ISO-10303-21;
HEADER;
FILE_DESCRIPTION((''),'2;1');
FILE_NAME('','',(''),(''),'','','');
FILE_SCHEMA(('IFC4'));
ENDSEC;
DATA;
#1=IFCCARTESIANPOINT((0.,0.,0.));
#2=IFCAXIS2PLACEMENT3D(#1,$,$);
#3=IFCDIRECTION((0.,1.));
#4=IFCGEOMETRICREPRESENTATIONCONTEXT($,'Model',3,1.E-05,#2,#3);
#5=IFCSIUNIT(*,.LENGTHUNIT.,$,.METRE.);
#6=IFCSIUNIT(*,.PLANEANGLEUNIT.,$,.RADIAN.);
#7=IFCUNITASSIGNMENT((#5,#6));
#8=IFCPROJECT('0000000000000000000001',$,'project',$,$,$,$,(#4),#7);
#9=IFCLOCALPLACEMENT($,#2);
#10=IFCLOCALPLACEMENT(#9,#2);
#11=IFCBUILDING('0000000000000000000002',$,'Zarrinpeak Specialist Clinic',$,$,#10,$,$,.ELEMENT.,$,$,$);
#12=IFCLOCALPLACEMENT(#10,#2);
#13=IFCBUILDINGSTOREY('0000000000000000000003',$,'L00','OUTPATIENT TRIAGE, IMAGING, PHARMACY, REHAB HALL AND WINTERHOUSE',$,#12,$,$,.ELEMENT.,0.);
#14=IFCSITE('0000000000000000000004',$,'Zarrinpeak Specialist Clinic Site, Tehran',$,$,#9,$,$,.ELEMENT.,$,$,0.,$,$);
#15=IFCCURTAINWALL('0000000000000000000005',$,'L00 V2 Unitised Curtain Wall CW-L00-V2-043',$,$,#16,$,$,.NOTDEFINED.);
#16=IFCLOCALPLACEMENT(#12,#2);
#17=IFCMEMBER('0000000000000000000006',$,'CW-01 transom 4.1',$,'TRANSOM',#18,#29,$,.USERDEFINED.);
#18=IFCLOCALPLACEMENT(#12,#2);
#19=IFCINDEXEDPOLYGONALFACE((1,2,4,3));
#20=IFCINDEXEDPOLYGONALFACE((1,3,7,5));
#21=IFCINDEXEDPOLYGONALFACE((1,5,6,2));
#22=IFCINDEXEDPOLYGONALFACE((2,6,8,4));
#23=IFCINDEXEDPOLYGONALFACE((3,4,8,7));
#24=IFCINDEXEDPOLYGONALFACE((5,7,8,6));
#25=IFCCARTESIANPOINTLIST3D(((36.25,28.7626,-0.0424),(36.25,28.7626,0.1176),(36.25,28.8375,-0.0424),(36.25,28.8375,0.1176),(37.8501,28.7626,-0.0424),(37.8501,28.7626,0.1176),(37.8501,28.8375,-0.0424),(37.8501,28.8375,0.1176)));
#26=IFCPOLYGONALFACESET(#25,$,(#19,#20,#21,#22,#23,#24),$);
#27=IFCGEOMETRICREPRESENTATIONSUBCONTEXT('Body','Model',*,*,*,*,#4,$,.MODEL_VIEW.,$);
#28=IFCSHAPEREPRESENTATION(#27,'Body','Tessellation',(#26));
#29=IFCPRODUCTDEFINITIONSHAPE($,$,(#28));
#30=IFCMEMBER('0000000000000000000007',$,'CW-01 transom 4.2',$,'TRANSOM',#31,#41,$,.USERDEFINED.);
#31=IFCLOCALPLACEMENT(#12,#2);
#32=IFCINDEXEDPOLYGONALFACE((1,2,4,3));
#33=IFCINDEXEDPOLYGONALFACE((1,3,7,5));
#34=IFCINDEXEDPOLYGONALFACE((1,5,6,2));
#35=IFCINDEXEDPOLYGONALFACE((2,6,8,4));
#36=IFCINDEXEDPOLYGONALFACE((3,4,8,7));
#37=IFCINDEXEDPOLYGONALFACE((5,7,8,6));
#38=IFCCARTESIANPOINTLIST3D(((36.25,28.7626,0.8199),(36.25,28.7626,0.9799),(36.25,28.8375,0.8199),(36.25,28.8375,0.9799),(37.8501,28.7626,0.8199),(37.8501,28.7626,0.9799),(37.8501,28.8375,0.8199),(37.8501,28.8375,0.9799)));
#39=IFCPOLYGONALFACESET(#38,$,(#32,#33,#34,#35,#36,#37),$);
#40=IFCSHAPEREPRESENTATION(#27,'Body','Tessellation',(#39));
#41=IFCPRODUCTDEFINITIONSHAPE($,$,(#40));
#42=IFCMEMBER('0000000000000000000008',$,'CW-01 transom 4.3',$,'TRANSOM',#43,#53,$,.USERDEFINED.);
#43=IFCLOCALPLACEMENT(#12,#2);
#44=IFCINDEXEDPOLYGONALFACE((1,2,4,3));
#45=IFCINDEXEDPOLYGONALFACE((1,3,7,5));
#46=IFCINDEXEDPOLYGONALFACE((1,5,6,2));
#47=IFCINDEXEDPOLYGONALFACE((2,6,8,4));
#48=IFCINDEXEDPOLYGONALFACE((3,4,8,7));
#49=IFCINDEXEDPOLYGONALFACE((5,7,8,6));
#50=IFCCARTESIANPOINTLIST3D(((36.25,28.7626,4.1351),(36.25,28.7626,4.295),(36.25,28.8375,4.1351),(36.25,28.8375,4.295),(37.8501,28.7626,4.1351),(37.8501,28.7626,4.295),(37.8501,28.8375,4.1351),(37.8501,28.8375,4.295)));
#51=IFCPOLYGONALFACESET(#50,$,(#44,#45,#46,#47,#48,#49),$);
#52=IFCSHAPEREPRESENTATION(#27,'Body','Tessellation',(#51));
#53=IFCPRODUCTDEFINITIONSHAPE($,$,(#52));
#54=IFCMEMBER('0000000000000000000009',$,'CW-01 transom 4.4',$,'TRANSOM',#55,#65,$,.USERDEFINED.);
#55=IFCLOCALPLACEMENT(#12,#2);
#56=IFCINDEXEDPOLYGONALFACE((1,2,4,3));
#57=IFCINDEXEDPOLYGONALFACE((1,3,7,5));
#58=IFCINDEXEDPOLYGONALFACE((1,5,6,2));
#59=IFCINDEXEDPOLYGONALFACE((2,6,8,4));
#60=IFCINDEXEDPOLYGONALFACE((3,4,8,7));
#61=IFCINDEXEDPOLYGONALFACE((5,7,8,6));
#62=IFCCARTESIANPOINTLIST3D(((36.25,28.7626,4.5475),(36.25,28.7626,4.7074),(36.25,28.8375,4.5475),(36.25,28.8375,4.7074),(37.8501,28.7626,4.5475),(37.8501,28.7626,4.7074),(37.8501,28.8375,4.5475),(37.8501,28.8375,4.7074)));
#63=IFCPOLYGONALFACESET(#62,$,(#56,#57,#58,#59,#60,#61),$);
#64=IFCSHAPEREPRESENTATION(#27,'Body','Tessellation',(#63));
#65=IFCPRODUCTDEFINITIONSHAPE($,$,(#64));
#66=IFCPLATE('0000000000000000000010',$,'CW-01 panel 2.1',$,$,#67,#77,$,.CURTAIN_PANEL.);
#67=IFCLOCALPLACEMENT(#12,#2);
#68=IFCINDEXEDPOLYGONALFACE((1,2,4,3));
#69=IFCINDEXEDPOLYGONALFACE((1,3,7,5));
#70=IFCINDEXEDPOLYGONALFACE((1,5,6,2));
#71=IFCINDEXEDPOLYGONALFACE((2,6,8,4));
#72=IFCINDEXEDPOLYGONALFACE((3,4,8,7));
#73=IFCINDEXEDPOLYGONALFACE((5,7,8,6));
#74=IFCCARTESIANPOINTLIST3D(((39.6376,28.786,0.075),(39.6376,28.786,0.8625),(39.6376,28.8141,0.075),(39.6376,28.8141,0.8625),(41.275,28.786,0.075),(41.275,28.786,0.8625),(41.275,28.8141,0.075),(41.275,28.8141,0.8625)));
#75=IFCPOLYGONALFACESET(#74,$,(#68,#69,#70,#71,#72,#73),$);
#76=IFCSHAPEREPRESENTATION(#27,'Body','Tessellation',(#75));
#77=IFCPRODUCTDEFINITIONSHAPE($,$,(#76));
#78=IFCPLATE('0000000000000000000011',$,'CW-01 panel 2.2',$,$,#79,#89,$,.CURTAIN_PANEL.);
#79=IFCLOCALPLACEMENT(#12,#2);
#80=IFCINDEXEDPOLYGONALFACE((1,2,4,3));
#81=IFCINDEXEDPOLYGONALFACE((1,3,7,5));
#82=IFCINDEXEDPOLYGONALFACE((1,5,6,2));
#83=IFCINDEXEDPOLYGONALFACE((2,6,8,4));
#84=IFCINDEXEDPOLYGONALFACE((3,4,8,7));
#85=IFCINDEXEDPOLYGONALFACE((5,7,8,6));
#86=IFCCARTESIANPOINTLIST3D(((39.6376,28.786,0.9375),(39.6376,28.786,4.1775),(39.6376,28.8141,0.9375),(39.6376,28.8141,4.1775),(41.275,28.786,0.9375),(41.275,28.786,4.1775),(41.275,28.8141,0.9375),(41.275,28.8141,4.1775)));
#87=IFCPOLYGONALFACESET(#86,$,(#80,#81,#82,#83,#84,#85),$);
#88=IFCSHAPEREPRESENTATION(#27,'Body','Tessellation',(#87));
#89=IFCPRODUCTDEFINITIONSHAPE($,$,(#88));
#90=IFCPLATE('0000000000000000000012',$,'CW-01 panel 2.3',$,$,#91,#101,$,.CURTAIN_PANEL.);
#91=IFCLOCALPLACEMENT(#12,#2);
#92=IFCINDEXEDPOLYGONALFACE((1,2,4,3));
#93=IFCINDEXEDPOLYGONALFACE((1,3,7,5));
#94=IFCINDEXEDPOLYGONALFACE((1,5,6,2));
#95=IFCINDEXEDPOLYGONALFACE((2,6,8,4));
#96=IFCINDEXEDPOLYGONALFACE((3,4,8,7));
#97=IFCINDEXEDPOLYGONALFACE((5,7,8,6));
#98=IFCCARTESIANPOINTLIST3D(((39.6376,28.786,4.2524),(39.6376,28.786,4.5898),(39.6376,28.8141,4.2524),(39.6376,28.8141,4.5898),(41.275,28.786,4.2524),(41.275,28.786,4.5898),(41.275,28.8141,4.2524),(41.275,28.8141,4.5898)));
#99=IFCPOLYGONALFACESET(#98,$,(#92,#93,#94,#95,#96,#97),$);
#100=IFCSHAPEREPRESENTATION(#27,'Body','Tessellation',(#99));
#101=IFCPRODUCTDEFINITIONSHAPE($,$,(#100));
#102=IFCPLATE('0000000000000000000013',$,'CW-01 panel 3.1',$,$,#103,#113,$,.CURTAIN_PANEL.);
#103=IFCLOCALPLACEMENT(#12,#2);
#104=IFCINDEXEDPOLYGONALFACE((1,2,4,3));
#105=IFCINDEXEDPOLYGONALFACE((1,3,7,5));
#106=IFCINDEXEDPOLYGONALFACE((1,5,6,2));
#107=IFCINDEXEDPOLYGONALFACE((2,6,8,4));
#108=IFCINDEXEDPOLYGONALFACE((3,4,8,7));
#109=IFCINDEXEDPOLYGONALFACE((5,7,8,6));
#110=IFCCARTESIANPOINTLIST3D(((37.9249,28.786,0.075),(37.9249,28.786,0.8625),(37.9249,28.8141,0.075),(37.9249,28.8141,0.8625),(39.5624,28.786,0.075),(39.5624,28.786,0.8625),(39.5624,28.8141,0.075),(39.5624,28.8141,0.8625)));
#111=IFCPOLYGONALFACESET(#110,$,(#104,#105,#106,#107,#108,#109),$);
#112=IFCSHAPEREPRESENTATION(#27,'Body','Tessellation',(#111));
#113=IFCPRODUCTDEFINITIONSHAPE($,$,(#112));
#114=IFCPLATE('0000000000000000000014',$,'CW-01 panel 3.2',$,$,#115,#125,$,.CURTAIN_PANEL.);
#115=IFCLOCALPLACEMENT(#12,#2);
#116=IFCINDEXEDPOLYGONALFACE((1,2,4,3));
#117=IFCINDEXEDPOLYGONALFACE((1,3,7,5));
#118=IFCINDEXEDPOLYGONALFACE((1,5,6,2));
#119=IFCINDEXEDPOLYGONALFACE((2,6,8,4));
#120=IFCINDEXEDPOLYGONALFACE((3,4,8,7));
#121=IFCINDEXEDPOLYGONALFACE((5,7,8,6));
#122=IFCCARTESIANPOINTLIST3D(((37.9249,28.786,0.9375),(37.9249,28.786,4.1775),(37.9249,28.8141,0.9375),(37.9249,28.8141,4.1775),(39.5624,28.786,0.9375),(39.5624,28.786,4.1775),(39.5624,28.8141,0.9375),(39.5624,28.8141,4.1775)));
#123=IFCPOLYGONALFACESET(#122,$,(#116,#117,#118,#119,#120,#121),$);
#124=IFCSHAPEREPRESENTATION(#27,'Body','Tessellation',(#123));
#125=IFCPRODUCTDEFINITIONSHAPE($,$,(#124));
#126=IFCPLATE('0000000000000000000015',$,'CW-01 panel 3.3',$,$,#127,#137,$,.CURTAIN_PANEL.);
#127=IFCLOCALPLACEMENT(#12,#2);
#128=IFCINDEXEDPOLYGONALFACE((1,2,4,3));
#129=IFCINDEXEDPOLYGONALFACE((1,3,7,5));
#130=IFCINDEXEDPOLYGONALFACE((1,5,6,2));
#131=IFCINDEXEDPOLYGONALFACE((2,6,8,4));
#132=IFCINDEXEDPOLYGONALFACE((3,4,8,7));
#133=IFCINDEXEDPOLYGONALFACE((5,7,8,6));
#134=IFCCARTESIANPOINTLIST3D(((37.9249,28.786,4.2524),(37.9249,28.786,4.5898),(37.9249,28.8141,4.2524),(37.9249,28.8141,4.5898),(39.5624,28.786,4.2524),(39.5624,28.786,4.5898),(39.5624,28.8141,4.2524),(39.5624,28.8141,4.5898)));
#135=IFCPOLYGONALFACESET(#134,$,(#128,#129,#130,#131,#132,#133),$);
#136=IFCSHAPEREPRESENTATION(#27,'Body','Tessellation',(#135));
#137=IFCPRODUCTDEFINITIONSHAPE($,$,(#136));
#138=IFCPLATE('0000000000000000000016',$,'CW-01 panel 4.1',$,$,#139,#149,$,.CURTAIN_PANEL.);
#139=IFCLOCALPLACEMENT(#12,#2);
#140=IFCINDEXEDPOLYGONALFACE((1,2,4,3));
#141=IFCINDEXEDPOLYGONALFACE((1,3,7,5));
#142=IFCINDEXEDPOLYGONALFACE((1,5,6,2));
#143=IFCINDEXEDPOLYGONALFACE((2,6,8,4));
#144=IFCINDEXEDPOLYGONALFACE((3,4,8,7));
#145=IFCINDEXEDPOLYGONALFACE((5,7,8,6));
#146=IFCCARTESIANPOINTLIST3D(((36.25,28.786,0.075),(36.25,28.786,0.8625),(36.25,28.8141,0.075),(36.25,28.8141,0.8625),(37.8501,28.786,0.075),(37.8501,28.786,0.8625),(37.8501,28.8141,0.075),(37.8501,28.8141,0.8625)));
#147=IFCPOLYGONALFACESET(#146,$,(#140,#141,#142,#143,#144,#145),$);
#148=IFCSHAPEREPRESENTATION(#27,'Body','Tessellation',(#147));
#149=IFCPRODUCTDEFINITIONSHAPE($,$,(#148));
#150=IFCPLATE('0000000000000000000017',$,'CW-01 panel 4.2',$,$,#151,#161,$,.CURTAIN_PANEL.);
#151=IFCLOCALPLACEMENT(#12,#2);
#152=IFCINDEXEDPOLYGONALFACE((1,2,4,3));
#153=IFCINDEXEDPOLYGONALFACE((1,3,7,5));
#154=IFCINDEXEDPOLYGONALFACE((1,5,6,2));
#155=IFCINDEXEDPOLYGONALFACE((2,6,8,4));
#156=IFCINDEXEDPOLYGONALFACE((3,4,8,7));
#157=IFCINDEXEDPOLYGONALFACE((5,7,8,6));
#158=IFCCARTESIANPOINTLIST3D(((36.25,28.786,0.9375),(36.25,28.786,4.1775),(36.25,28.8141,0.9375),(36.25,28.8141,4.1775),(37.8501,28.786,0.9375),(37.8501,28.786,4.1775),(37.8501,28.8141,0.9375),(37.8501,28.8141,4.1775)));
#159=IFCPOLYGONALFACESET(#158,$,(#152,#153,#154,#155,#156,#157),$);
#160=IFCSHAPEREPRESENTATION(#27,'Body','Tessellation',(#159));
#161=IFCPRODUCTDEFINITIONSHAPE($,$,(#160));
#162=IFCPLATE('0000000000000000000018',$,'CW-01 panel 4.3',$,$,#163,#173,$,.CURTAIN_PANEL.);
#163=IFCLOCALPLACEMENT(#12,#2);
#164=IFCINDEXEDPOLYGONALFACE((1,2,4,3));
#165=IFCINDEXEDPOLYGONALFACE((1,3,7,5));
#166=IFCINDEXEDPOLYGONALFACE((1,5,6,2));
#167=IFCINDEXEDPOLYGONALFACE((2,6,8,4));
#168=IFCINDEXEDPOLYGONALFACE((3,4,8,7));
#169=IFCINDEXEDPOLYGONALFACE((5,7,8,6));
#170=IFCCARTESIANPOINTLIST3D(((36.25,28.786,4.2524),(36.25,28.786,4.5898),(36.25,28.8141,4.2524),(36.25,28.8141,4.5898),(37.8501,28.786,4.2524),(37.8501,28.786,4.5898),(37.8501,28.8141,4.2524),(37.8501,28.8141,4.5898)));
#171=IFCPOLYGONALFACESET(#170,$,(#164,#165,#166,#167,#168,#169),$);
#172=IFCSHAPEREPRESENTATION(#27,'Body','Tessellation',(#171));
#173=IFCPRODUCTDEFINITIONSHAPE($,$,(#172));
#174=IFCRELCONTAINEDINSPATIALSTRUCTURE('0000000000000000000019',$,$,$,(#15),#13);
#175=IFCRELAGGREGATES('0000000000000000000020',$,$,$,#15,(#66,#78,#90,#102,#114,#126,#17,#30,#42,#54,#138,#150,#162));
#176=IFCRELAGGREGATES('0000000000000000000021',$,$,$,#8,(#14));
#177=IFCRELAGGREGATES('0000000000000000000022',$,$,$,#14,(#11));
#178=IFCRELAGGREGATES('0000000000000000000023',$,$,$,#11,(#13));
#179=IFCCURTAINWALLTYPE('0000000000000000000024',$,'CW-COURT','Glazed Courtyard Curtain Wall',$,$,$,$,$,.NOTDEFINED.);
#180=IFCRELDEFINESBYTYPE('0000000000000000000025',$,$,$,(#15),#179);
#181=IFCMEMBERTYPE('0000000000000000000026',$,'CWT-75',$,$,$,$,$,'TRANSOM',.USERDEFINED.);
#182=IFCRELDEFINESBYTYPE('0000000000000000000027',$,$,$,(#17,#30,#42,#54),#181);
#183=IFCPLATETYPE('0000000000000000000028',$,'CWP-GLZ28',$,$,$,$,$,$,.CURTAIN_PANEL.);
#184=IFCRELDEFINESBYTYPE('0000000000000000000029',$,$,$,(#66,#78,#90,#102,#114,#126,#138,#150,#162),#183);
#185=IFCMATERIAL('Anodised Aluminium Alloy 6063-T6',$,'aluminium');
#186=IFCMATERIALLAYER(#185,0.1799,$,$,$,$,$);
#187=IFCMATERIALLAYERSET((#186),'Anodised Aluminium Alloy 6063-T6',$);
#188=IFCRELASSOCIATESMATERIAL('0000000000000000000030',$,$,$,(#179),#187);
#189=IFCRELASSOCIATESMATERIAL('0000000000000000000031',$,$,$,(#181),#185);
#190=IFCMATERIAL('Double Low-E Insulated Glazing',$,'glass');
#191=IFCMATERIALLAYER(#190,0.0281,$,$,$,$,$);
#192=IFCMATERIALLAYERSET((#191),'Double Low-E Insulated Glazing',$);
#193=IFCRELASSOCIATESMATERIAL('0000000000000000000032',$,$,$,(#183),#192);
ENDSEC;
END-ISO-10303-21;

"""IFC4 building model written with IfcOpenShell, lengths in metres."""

from ifc_helpers import new_model, si_unit, direction, frame, origin, origin_2d, place, context, subcontext, project, spatial, rectangle, extrude, material, layer, layer_set, material_profile, profile_set, type_object, element, aggregate, save


model = new_model("IFC4")

# Units and contexts
model_context = context("Model", 3, precision=1e-05, world=origin(), true_north=direction((0.0, 1.0)))
body_context = subcontext(model_context, "Body", "Model", "MODEL_VIEW")
ifc_project = project(units=[si_unit("LENGTHUNIT", "METRE"), si_unit("PLANEANGLEUNIT", "RADIAN")], contexts=[model_context])

# Site, building, storey
site_placement = place(None, origin())
site = spatial("IfcSite", under=ifc_project, at=site_placement, Name="Zarrinpeak Specialist Clinic Site, Tehran", CompositionType="ELEMENT", RefElevation=0.0)
building_placement = place(site_placement, origin())
building = spatial("IfcBuilding", under=site, at=building_placement, Name="Zarrinpeak Specialist Clinic", CompositionType="ELEMENT")
storey_placement = place(building_placement, origin())
storey = spatial("IfcBuildingStorey", under=building, at=storey_placement, Name="L00", Description="OUTPATIENT TRIAGE, IMAGING, PHARMACY, REHAB HALL AND WINTERHOUSE", CompositionType="ELEMENT", Elevation=0.0)

# Curtain wall, members, plates
ifc_material_1 = material(Name="Anodised Aluminium Alloy 6063-T6", Category="aluminium")
ifc_layer_1 = layer(ifc_material_1, 0.1799)
ifc_layer_set_1 = layer_set([ifc_layer_1], Name="Anodised Aluminium Alloy 6063-T6")
curtain_wall_type = type_object("IfcCurtainWallType", Name="CW-COURT", Description="Glazed Courtyard Curtain Wall", PredefinedType="NOTDEFINED", material=ifc_layer_set_1)
curtain_wall_placement = place(storey_placement, origin())
curtain_wall = element("IfcCurtainWall", 1, at=curtain_wall_placement, inside=storey, type_object=curtain_wall_type, Name="L00 V2 Unitised Curtain Wall CW-L00-V2-043", PredefinedType="NOTDEFINED")
ifc_material_profile_1 = material_profile(ifc_material_1, rectangle(XDim=0.075, YDim=0.1599, at=origin_2d()), Name="ALU 75x160")
ifc_profile_set_1 = profile_set([ifc_material_profile_1], Name="Anodised Aluminium Alloy 6063-T6")
member_type_1 = type_object("IfcMemberType", Name="CWT-75", ElementType="TRANSOM", PredefinedType="USERDEFINED", material=ifc_profile_set_1)
member_1_placement = place(storey_placement, frame((37.8501, 28.8, 0.0376), z_axis=(-1.0, 0.0, 0.0), x_axis=(0.0, -1.0, 0.0)))
member_1 = element("IfcMember", 2, at=member_1_placement, type_object=member_type_1, Name="CW-01 transom 4.1", ObjectType="TRANSOM", PredefinedType="USERDEFINED", context=body_context, shape_type="SweptSolid", body=[
    extrude(rectangle(XDim=0.075, YDim=0.1599, at=origin_2d()), origin(), (0.0, 0.0, 1.0), 1.6001),
])
member_2_placement = place(storey_placement, frame((37.8501, 28.8, 0.8999), z_axis=(-1.0, 0.0, 0.0), x_axis=(0.0, -1.0, 0.0)))
member_2 = element("IfcMember", 3, at=member_2_placement, type_object=member_type_1, Name="CW-01 transom 4.2", ObjectType="TRANSOM", PredefinedType="USERDEFINED", context=body_context, shape_type="SweptSolid", body=[
    extrude(rectangle(XDim=0.075, YDim=0.1599, at=origin_2d()), origin(), (0.0, 0.0, 1.0), 1.6001),
])
member_3_placement = place(storey_placement, frame((37.8501, 28.8, 4.2151), z_axis=(-1.0, 0.0, 0.0), x_axis=(0.0, -1.0, 0.0)))
member_3 = element("IfcMember", 4, at=member_3_placement, type_object=member_type_1, Name="CW-01 transom 4.3", ObjectType="TRANSOM", PredefinedType="USERDEFINED", context=body_context, shape_type="SweptSolid", body=[
    extrude(rectangle(XDim=0.075, YDim=0.1599, at=origin_2d()), origin(), (0.0, 0.0, 1.0), 1.6001),
])
member_4_placement = place(storey_placement, frame((37.8501, 28.8, 4.6274), z_axis=(-1.0, 0.0, 0.0), x_axis=(0.0, -1.0, 0.0)))
member_4 = element("IfcMember", 5, at=member_4_placement, type_object=member_type_1, Name="CW-01 transom 4.4", ObjectType="TRANSOM", PredefinedType="USERDEFINED", context=body_context, shape_type="SweptSolid", body=[
    extrude(rectangle(XDim=0.075, YDim=0.1599, at=origin_2d()), origin(), (0.0, 0.0, 1.0), 1.6001),
])
ifc_material_2 = material(Name="Double Low-E Insulated Glazing", Category="glass")
ifc_layer_2 = layer(ifc_material_2, 0.0281)
ifc_layer_set_2 = layer_set([ifc_layer_2], Name="Double Low-E Insulated Glazing")
plate_type = type_object("IfcPlateType", Name="CWP-GLZ28", PredefinedType="CURTAIN_PANEL", material=ifc_layer_set_2)
plate_1_placement = place(storey_placement, frame((40.4563, 28.8, 0.075), z_axis=(0.0, 0.0, 1.0), x_axis=(-1.0, 0.0, 0.0)))
plate_1 = element("IfcPlate", 6, at=plate_1_placement, type_object=plate_type, Name="CW-01 panel 2.1", PredefinedType="CURTAIN_PANEL", context=body_context, shape_type="SweptSolid", body=[
    extrude(rectangle(XDim=1.6375, YDim=0.0281, at=origin_2d()), origin(), (0.0, 0.0, 1.0), 0.7876),
])
plate_2_placement = place(storey_placement, frame((40.4563, 28.8, 0.9375), z_axis=(0.0, 0.0, 1.0), x_axis=(-1.0, 0.0, 0.0)))
plate_2 = element("IfcPlate", 7, at=plate_2_placement, type_object=plate_type, Name="CW-01 panel 2.2", PredefinedType="CURTAIN_PANEL", context=body_context, shape_type="SweptSolid", body=[
    extrude(rectangle(XDim=1.6375, YDim=0.0281, at=origin_2d()), origin(), (0.0, 0.0, 1.0), 3.24),
])
plate_3_placement = place(storey_placement, frame((40.4563, 28.8, 4.2524), z_axis=(0.0, 0.0, 1.0), x_axis=(-1.0, 0.0, 0.0)))
plate_3 = element("IfcPlate", 8, at=plate_3_placement, type_object=plate_type, Name="CW-01 panel 2.3", PredefinedType="CURTAIN_PANEL", context=body_context, shape_type="SweptSolid", body=[
    extrude(rectangle(XDim=1.6375, YDim=0.0281, at=origin_2d()), origin(), (0.0, 0.0, 1.0), 0.3374),
])
plate_4_placement = place(storey_placement, frame((38.7437, 28.8, 0.075), z_axis=(0.0, 0.0, 1.0), x_axis=(-1.0, 0.0, 0.0)))
plate_4 = element("IfcPlate", 9, at=plate_4_placement, type_object=plate_type, Name="CW-01 panel 3.1", PredefinedType="CURTAIN_PANEL", context=body_context, shape_type="SweptSolid", body=[
    extrude(rectangle(XDim=1.6375, YDim=0.0281, at=origin_2d()), origin(), (0.0, 0.0, 1.0), 0.7876),
])
plate_5_placement = place(storey_placement, frame((38.7437, 28.8, 0.9375), z_axis=(0.0, 0.0, 1.0), x_axis=(-1.0, 0.0, 0.0)))
plate_5 = element("IfcPlate", 10, at=plate_5_placement, type_object=plate_type, Name="CW-01 panel 3.2", PredefinedType="CURTAIN_PANEL", context=body_context, shape_type="SweptSolid", body=[
    extrude(rectangle(XDim=1.6375, YDim=0.0281, at=origin_2d()), origin(), (0.0, 0.0, 1.0), 3.24),
])
plate_6_placement = place(storey_placement, frame((38.7437, 28.8, 4.2524), z_axis=(0.0, 0.0, 1.0), x_axis=(-1.0, 0.0, 0.0)))
plate_6 = element("IfcPlate", 11, at=plate_6_placement, type_object=plate_type, Name="CW-01 panel 3.3", PredefinedType="CURTAIN_PANEL", context=body_context, shape_type="SweptSolid", body=[
    extrude(rectangle(XDim=1.6375, YDim=0.0281, at=origin_2d()), origin(), (0.0, 0.0, 1.0), 0.3374),
])
plate_7_placement = place(storey_placement, frame((37.05, 28.8, 0.075), z_axis=(0.0, 0.0, 1.0), x_axis=(-1.0, 0.0, 0.0)))
plate_7 = element("IfcPlate", 12, at=plate_7_placement, type_object=plate_type, Name="CW-01 panel 4.1", PredefinedType="CURTAIN_PANEL", context=body_context, shape_type="SweptSolid", body=[
    extrude(rectangle(XDim=1.6001, YDim=0.0281, at=origin_2d()), origin(), (0.0, 0.0, 1.0), 0.7876),
])
plate_8_placement = place(storey_placement, frame((37.05, 28.8, 0.9375), z_axis=(0.0, 0.0, 1.0), x_axis=(-1.0, 0.0, 0.0)))
plate_8 = element("IfcPlate", 13, at=plate_8_placement, type_object=plate_type, Name="CW-01 panel 4.2", PredefinedType="CURTAIN_PANEL", context=body_context, shape_type="SweptSolid", body=[
    extrude(rectangle(XDim=1.6001, YDim=0.0281, at=origin_2d()), origin(), (0.0, 0.0, 1.0), 3.24),
])
plate_9_placement = place(storey_placement, frame((37.05, 28.8, 4.2524), z_axis=(0.0, 0.0, 1.0), x_axis=(-1.0, 0.0, 0.0)))
plate_9 = element("IfcPlate", 14, at=plate_9_placement, type_object=plate_type, Name="CW-01 panel 4.3", PredefinedType="CURTAIN_PANEL", context=body_context, shape_type="SweptSolid", body=[
    extrude(rectangle(XDim=1.6001, YDim=0.0281, at=origin_2d()), origin(), (0.0, 0.0, 1.0), 0.3374),
])
aggregate(curtain_wall, [plate_1, plate_2, plate_3, plate_4, plate_5, plate_6, member_1, member_2, member_3, member_4, plate_7, plate_8, plate_9])

save(model, "model.ifc")
